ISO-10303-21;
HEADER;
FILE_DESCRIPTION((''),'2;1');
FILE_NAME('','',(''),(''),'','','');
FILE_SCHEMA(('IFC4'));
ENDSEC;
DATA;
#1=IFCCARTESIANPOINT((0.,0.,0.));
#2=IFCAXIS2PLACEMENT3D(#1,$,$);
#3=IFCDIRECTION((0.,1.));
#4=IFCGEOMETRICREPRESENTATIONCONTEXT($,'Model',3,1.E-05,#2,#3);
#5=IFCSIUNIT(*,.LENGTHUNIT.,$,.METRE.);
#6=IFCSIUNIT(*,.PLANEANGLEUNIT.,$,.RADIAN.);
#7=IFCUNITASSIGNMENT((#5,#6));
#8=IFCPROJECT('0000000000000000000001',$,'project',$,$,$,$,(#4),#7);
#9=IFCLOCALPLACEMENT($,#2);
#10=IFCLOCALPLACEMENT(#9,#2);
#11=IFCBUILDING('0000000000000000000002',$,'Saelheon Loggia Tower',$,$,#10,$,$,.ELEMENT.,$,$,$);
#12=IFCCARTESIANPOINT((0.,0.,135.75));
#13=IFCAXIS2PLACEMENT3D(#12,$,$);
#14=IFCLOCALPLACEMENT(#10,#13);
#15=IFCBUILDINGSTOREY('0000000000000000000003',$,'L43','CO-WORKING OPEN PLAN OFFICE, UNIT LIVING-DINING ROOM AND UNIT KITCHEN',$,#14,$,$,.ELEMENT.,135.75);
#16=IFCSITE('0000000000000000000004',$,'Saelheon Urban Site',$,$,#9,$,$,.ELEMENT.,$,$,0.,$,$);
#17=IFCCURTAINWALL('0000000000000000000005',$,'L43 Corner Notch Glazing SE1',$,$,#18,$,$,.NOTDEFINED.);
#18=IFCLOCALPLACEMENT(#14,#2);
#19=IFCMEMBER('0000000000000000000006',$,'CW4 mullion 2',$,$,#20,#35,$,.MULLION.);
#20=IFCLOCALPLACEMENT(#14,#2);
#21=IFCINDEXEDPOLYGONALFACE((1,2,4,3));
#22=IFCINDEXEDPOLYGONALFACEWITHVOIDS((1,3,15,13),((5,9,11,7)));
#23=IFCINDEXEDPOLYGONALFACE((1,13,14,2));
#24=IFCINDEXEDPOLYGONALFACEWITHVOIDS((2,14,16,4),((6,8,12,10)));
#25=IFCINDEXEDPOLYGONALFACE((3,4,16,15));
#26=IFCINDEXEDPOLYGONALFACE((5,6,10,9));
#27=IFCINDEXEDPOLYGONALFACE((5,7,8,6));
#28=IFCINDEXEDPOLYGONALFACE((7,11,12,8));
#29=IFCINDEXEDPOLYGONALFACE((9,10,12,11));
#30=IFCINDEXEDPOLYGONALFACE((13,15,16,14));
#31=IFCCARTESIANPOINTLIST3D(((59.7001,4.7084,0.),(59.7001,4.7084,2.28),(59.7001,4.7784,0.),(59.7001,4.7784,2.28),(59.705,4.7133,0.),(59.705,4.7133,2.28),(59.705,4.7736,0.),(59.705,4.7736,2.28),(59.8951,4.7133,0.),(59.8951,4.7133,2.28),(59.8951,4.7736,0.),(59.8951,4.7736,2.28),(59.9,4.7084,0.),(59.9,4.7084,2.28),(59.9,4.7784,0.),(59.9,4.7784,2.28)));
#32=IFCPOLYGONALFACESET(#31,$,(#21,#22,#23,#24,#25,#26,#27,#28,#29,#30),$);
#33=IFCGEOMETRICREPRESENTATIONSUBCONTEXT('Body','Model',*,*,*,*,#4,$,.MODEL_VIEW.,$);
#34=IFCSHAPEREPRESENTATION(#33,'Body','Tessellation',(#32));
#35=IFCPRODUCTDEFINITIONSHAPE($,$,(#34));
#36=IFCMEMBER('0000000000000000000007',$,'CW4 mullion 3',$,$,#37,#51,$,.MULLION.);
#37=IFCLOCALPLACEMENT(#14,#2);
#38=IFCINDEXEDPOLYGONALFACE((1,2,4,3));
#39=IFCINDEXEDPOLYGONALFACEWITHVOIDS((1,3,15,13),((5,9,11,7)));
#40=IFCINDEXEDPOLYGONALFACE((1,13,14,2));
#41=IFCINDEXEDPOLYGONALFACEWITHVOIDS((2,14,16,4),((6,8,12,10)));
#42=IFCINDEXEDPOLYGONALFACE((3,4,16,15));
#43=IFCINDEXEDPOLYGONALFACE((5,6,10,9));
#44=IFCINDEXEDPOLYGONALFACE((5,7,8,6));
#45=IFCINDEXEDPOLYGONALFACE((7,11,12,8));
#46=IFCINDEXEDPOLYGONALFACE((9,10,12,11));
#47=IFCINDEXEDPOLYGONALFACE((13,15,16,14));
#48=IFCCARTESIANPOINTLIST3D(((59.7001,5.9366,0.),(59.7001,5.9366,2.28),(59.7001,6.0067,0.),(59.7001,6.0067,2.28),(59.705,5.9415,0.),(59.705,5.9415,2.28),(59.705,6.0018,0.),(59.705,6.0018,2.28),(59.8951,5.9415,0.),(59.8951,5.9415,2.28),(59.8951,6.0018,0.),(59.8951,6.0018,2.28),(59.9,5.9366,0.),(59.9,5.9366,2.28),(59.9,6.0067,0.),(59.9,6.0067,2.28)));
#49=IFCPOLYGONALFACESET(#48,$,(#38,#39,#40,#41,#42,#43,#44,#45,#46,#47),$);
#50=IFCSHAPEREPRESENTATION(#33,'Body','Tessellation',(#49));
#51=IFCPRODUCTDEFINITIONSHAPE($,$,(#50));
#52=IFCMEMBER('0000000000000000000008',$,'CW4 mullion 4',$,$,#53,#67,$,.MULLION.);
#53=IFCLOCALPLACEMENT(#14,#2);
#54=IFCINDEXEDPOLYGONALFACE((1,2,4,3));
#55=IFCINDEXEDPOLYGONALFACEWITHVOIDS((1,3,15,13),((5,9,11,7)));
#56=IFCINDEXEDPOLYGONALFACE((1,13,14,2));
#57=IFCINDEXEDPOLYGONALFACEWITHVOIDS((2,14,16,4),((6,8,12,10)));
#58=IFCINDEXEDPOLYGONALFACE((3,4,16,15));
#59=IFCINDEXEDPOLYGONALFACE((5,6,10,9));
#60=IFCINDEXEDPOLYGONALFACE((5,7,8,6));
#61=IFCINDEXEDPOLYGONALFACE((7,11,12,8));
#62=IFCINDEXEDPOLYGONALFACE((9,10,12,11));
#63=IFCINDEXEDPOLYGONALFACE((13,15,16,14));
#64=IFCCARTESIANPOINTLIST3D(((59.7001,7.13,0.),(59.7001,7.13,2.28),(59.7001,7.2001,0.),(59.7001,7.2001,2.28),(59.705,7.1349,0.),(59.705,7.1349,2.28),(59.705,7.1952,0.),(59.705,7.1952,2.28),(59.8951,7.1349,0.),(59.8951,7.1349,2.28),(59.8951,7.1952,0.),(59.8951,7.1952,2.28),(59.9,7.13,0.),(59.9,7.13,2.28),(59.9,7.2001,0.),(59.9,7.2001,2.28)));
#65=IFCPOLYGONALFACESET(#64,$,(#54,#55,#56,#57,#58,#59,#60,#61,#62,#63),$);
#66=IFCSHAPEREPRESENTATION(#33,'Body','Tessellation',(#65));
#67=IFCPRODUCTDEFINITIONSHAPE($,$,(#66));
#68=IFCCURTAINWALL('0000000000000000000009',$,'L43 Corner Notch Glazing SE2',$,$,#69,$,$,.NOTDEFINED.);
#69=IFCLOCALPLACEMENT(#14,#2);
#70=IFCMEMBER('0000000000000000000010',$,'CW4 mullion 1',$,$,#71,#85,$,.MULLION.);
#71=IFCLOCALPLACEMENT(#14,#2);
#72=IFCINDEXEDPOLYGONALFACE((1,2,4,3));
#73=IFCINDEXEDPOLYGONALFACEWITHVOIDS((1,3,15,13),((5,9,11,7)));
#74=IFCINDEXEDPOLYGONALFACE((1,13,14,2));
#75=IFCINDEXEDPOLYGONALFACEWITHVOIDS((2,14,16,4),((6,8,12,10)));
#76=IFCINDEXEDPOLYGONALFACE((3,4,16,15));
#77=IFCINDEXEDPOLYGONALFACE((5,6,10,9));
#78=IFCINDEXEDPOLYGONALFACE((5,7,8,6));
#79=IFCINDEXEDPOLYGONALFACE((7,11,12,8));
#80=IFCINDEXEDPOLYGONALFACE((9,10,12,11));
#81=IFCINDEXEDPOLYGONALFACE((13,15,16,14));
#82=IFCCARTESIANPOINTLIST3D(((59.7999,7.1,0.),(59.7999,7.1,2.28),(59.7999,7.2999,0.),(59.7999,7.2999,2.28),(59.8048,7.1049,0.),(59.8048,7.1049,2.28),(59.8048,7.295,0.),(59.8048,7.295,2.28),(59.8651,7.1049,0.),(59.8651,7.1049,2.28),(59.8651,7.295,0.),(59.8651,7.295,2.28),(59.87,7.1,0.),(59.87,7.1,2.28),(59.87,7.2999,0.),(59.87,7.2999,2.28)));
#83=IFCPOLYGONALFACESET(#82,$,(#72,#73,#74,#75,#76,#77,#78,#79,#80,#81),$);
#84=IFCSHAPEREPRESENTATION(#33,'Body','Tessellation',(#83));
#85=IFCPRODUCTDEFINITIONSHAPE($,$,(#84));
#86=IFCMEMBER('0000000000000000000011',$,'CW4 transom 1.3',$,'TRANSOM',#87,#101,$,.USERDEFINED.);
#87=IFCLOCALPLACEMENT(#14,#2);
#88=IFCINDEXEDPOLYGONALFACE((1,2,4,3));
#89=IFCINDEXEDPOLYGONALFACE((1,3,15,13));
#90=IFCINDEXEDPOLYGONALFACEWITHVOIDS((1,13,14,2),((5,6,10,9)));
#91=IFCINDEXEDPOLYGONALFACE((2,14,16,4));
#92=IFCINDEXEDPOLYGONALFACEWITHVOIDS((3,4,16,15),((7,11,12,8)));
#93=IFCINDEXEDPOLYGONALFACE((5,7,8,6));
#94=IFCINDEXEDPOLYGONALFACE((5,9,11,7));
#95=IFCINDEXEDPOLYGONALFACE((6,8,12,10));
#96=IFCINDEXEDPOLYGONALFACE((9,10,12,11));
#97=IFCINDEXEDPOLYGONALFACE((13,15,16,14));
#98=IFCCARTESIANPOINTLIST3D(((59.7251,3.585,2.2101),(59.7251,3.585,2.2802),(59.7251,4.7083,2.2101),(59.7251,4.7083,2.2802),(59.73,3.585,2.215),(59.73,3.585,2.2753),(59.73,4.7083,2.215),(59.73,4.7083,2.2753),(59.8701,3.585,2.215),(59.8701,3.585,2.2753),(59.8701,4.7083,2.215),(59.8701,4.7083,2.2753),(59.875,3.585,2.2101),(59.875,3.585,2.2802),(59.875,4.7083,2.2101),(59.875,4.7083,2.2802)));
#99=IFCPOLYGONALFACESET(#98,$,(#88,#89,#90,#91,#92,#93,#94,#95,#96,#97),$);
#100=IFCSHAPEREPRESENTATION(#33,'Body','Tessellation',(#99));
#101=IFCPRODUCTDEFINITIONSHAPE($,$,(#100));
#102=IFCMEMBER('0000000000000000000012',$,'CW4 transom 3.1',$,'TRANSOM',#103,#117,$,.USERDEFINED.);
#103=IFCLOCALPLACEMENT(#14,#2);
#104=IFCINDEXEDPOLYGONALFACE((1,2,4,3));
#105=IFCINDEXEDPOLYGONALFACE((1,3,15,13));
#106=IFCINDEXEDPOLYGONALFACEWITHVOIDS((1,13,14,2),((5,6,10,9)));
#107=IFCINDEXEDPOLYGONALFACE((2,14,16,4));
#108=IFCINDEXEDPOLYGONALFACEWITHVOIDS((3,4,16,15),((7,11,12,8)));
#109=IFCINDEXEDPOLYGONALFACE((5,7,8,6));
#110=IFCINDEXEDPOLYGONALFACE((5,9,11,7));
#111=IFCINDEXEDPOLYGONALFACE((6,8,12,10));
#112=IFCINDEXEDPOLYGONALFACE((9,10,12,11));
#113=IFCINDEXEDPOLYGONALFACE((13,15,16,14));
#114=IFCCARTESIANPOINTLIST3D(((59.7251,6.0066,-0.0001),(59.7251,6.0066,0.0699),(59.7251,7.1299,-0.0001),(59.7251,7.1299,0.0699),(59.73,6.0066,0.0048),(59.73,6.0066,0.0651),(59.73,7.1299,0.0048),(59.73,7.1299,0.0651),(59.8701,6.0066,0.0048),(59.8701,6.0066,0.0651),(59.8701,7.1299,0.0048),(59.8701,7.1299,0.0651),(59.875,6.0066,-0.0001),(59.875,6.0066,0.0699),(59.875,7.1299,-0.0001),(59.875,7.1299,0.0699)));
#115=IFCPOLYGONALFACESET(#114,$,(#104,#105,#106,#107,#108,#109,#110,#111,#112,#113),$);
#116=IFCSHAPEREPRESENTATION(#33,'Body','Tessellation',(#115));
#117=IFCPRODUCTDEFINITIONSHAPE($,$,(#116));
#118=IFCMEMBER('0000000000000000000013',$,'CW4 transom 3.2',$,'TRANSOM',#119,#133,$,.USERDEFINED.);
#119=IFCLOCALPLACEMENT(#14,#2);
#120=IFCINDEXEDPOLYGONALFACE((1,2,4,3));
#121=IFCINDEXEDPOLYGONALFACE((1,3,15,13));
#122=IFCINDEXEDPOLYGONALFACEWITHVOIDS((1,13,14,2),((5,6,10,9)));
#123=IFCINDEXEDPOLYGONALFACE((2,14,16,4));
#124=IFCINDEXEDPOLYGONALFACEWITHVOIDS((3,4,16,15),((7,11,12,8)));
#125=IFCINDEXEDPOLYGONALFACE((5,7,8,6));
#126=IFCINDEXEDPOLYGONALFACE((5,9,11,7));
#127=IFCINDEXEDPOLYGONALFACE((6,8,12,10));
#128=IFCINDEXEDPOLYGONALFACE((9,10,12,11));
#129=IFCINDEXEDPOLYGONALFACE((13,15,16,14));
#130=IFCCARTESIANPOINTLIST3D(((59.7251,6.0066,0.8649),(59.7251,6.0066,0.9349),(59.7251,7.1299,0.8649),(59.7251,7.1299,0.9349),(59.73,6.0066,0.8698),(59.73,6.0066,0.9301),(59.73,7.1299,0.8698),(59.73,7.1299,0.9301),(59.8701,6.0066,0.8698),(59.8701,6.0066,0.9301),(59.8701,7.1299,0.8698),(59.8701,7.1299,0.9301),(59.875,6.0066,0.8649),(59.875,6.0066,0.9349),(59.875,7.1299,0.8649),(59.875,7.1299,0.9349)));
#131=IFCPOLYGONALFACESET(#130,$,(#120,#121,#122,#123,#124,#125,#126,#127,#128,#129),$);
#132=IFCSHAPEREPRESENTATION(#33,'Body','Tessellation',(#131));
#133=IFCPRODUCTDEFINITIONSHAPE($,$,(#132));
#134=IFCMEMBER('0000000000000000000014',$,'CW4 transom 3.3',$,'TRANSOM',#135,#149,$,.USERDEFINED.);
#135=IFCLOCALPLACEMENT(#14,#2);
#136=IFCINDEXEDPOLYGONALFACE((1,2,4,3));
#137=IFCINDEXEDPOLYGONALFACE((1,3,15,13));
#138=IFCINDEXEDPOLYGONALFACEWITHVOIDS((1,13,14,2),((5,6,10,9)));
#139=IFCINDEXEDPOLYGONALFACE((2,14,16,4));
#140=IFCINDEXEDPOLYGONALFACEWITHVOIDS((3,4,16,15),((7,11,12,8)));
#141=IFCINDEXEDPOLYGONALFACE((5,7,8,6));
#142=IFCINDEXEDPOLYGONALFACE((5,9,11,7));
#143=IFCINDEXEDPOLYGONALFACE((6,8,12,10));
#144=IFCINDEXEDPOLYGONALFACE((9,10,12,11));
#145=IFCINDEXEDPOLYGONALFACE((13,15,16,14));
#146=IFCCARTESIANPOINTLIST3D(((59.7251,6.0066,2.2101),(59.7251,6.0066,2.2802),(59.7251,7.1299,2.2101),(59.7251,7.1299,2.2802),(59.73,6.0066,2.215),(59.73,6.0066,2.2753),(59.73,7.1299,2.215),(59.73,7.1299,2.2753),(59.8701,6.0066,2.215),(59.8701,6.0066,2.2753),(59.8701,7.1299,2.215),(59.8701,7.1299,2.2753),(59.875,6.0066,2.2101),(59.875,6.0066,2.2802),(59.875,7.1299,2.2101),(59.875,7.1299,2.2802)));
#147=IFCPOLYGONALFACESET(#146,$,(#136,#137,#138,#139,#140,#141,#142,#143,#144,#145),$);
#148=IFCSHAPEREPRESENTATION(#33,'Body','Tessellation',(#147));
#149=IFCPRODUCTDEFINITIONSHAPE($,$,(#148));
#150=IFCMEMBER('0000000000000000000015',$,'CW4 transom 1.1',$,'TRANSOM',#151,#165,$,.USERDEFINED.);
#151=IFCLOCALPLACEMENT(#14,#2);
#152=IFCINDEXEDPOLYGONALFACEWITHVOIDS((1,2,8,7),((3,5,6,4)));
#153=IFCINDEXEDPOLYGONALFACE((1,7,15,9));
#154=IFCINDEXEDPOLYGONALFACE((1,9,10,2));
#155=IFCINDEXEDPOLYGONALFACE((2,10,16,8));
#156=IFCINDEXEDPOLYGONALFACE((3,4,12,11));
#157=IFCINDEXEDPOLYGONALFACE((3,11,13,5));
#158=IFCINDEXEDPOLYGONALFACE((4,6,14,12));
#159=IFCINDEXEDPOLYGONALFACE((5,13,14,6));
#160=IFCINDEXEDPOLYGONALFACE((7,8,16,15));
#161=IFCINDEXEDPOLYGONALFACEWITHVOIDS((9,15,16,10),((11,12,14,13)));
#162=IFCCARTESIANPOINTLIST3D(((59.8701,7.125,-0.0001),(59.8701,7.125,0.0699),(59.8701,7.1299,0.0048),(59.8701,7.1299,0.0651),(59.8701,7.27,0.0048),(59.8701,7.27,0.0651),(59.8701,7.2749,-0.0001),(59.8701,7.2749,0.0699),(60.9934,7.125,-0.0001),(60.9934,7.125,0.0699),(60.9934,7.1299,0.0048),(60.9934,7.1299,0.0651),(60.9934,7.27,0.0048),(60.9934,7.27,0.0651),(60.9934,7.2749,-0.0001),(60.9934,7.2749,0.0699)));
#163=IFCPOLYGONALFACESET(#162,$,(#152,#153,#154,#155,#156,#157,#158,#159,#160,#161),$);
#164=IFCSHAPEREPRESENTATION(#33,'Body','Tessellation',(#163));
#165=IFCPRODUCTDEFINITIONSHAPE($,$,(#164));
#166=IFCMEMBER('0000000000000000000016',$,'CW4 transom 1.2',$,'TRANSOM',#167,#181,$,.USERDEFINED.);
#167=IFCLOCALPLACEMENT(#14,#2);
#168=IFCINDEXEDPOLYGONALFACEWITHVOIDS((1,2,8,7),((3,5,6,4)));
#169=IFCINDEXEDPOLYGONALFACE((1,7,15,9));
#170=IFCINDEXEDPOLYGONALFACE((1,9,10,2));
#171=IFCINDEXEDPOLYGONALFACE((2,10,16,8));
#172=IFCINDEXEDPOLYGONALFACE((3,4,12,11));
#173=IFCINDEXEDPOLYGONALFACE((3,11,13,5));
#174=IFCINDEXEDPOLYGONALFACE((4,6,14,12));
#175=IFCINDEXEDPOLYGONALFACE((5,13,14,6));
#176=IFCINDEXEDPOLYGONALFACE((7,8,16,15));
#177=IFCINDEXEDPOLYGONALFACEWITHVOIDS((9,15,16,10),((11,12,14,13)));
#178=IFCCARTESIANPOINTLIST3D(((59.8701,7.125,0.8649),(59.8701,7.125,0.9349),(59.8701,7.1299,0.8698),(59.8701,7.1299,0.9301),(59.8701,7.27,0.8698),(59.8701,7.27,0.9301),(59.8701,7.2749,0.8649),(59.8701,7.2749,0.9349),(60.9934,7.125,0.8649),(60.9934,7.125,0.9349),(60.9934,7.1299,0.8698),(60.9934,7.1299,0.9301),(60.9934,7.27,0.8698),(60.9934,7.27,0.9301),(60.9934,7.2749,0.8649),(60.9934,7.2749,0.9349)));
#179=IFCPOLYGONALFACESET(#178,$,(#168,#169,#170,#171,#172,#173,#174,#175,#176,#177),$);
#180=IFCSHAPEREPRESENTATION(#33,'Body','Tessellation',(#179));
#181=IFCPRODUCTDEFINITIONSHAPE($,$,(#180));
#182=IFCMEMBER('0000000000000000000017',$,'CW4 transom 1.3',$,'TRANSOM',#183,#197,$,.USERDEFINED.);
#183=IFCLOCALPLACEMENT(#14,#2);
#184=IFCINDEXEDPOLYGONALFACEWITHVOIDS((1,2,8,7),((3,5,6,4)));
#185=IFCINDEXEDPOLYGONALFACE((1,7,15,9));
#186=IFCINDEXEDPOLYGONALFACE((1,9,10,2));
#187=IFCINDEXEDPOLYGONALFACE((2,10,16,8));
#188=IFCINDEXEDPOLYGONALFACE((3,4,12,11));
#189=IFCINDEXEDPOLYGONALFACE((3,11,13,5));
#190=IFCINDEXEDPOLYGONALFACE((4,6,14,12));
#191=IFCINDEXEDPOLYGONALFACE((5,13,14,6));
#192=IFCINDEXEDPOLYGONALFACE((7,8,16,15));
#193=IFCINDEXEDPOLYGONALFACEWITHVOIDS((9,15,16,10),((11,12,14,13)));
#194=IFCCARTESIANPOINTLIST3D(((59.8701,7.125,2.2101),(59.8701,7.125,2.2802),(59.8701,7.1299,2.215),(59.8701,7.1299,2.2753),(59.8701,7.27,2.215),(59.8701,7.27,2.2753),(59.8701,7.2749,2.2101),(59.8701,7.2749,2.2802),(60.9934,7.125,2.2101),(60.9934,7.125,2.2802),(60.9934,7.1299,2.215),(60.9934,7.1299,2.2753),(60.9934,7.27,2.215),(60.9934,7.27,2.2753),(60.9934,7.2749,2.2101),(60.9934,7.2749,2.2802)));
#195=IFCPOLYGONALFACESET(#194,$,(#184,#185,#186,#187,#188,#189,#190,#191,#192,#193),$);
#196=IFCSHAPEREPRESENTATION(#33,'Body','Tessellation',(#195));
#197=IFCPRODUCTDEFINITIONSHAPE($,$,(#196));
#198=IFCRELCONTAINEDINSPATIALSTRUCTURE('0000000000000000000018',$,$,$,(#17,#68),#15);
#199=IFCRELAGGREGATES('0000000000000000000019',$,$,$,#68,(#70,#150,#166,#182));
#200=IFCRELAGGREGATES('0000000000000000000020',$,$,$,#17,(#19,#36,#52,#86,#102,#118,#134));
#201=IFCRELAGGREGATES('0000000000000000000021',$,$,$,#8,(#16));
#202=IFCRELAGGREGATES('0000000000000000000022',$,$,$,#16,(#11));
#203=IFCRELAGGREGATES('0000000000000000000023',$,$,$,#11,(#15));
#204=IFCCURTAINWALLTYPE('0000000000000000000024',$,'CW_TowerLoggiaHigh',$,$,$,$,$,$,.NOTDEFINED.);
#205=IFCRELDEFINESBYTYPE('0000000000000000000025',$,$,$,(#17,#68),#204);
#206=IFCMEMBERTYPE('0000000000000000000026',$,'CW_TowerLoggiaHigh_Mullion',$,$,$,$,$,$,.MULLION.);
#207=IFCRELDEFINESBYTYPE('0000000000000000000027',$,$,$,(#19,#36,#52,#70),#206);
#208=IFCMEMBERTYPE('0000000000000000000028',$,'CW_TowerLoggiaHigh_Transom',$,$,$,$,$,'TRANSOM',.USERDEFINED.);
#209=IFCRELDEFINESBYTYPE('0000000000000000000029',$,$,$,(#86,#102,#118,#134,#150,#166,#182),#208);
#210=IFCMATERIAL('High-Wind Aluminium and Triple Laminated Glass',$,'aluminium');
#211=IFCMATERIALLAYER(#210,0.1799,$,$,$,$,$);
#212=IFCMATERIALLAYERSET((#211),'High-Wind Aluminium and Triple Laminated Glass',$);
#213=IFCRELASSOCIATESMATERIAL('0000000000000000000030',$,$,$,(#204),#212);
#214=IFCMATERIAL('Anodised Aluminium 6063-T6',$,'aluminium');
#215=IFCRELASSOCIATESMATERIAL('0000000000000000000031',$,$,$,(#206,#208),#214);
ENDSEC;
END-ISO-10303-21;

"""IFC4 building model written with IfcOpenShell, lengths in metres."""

from ifc_helpers import new_model, si_unit, direction, frame, origin, origin_2d, place, context, subcontext, project, spatial, hollow_rectangle, extrude, source, transform, mapped, material, layer, layer_set, material_profile, profile_set, type_object, element, aggregate, save


model = new_model("IFC4")

# Units and contexts
model_context = context("Model", 3, precision=1e-05, world=origin(), true_north=direction((0.0, 1.0)))
body_context = subcontext(model_context, "Body", "Model", "MODEL_VIEW")
ifc_project = project(units=[si_unit("LENGTHUNIT", "METRE"), si_unit("PLANEANGLEUNIT", "RADIAN")], contexts=[model_context])

# Site, building, storey
site_placement = place(None, origin())
site = spatial("IfcSite", under=ifc_project, at=site_placement, Name="Saelheon Urban Site", CompositionType="ELEMENT", RefElevation=0.0)
building_placement = place(site_placement, origin())
building = spatial("IfcBuilding", under=site, at=building_placement, Name="Saelheon Loggia Tower", CompositionType="ELEMENT")
storey_placement = place(building_placement, frame((0.0, 0.0, 135.75)))
storey = spatial("IfcBuildingStorey", under=building, at=storey_placement, Name="L43", Description="CO-WORKING OPEN PLAN OFFICE, UNIT LIVING-DINING ROOM AND UNIT KITCHEN", CompositionType="ELEMENT", Elevation=135.75)

# Curtain wall, members
ifc_material_1 = material(Name="High-Wind Aluminium and Triple Laminated Glass", Category="aluminium")
ifc_layer_1 = layer(ifc_material_1, 0.1799)
ifc_layer_set_1 = layer_set([ifc_layer_1], Name="High-Wind Aluminium and Triple Laminated Glass")
curtain_wall_type = type_object("IfcCurtainWallType", Name="CW_TowerLoggiaHigh", PredefinedType="NOTDEFINED", material=ifc_layer_set_1)
curtain_wall_1_placement = place(storey_placement, origin())
curtain_wall_1 = element("IfcCurtainWall", 1, at=curtain_wall_1_placement, inside=storey, type_object=curtain_wall_type, Name="L43 Corner Notch Glazing SE1", PredefinedType="NOTDEFINED")
ifc_material_2 = material(Name="Anodised Aluminium 6063-T6", Category="aluminium")
ifc_material_profile_1 = material_profile(ifc_material_2, hollow_rectangle(XDim=0.0701, YDim=0.2, WallThickness=0.0049, at=origin_2d()), Name="RHS-200x70x5")
ifc_profile_set_1 = profile_set([ifc_material_profile_1], Name="Anodised Aluminium 6063-T6")
member_type_1 = type_object("IfcMemberType", Name="CW_TowerLoggiaHigh_Mullion", PredefinedType="MULLION", material=ifc_profile_set_1)
shared_shape_1 = source(origin(), body_context, "Body", "SweptSolid", [
    extrude(hollow_rectangle(XDim=0.0701, YDim=0.2, WallThickness=0.0049, at=origin_2d()), origin(), (0.0, 0.0, 1.0), 2.28),
])
member_1_placement = place(storey_placement, frame((59.8, 4.7434, 0.0), z_axis=(0.0, 0.0, 1.0), x_axis=(0.0, 1.0, 0.0)))
member_1 = element("IfcMember", 2, at=member_1_placement, type_object=member_type_1, Name="CW4 mullion 2", PredefinedType="MULLION", context=body_context, shape_type="MappedRepresentation", body=[
    mapped(shared_shape_1, transform((0.0, 0.0, 0.0), scale=1.0)),
])
member_2_placement = place(storey_placement, frame((59.8, 5.9717, 0.0), z_axis=(0.0, 0.0, 1.0), x_axis=(0.0, 1.0, 0.0)))
member_2 = element("IfcMember", 3, at=member_2_placement, type_object=member_type_1, Name="CW4 mullion 3", PredefinedType="MULLION", context=body_context, shape_type="MappedRepresentation", body=[
    mapped(shared_shape_1, transform((0.0, 0.0, 0.0), scale=1.0)),
])
member_3_placement = place(storey_placement, frame((59.8, 7.165, 0.0), z_axis=(0.0, 0.0, 1.0), x_axis=(0.0, 1.0, 0.0)))
member_3 = element("IfcMember", 4, at=member_3_placement, type_object=member_type_1, Name="CW4 mullion 4", PredefinedType="MULLION", context=body_context, shape_type="MappedRepresentation", body=[
    mapped(shared_shape_1, transform((0.0, 0.0, 0.0), scale=1.0)),
])

# Curtain wall, member
curtain_wall_2_placement = place(storey_placement, origin())
curtain_wall_2 = element("IfcCurtainWall", 5, at=curtain_wall_2_placement, inside=storey, type_object=curtain_wall_type, Name="L43 Corner Notch Glazing SE2", PredefinedType="NOTDEFINED")
member_4_placement = place(storey_placement, frame((59.835, 7.2, 0.0), z_axis=(0.0, 0.0, 1.0), x_axis=(1.0, 0.0, 0.0)))
member_4 = element("IfcMember", 6, at=member_4_placement, type_object=member_type_1, Name="CW4 mullion 1", PredefinedType="MULLION", context=body_context, shape_type="MappedRepresentation", body=[
    mapped(shared_shape_1, transform((0.0, 0.0, 0.0), scale=1.0)),
])

# Members
ifc_material_profile_2 = material_profile(ifc_material_2, hollow_rectangle(XDim=0.0701, YDim=0.1499, WallThickness=0.0049, at=origin_2d()), Name="RHS-150x70x5")
ifc_profile_set_2 = profile_set([ifc_material_profile_2], Name="Anodised Aluminium 6063-T6")
member_type_2 = type_object("IfcMemberType", Name="CW_TowerLoggiaHigh_Transom", ElementType="TRANSOM", PredefinedType="USERDEFINED", material=ifc_profile_set_2)
shared_shape_2 = source(origin(), body_context, "Body", "SweptSolid", [
    extrude(hollow_rectangle(XDim=0.0701, YDim=0.1499, WallThickness=0.0049, at=origin_2d()), origin(), (0.0, 0.0, 1.0), 1.1233),
])
member_5_placement = place(storey_placement, frame((59.8, 3.585, 2.2451), z_axis=(0.0, 1.0, 0.0), x_axis=(0.0, 0.0, 1.0)))
member_5 = element("IfcMember", 7, at=member_5_placement, type_object=member_type_2, Name="CW4 transom 1.3", ObjectType="TRANSOM", PredefinedType="USERDEFINED", context=body_context, shape_type="MappedRepresentation", body=[
    mapped(shared_shape_2, transform((0.0, 0.0, 0.0), scale=1.0)),
])
member_6_placement = place(storey_placement, frame((59.8, 6.0066, 0.0349), z_axis=(0.0, 1.0, 0.0), x_axis=(0.0, 0.0, 1.0)))
member_6 = element("IfcMember", 8, at=member_6_placement, type_object=member_type_2, Name="CW4 transom 3.1", ObjectType="TRANSOM", PredefinedType="USERDEFINED", context=body_context, shape_type="MappedRepresentation", body=[
    mapped(shared_shape_2, transform((0.0, 0.0, 0.0), scale=1.0)),
])
member_7_placement = place(storey_placement, frame((59.8, 6.0066, 0.8999), z_axis=(0.0, 1.0, 0.0), x_axis=(0.0, 0.0, 1.0)))
member_7 = element("IfcMember", 9, at=member_7_placement, type_object=member_type_2, Name="CW4 transom 3.2", ObjectType="TRANSOM", PredefinedType="USERDEFINED", context=body_context, shape_type="MappedRepresentation", body=[
    mapped(shared_shape_2, transform((0.0, 0.0, 0.0), scale=1.0)),
])
member_8_placement = place(storey_placement, frame((59.8, 6.0066, 2.2451), z_axis=(0.0, 1.0, 0.0), x_axis=(0.0, 0.0, 1.0)))
member_8 = element("IfcMember", 10, at=member_8_placement, type_object=member_type_2, Name="CW4 transom 3.3", ObjectType="TRANSOM", PredefinedType="USERDEFINED", context=body_context, shape_type="MappedRepresentation", body=[
    mapped(shared_shape_2, transform((0.0, 0.0, 0.0), scale=1.0)),
])
member_9_placement = place(storey_placement, frame((59.8701, 7.2, 0.0349), z_axis=(1.0, 0.0, 0.0), x_axis=(0.0, 0.0, 1.0)))
member_9 = element("IfcMember", 11, at=member_9_placement, type_object=member_type_2, Name="CW4 transom 1.1", ObjectType="TRANSOM", PredefinedType="USERDEFINED", context=body_context, shape_type="MappedRepresentation", body=[
    mapped(shared_shape_2, transform((0.0, 0.0, 0.0), scale=1.0)),
])
member_10_placement = place(storey_placement, frame((59.8701, 7.2, 0.8999), z_axis=(1.0, 0.0, 0.0), x_axis=(0.0, 0.0, 1.0)))
member_10 = element("IfcMember", 12, at=member_10_placement, type_object=member_type_2, Name="CW4 transom 1.2", ObjectType="TRANSOM", PredefinedType="USERDEFINED", context=body_context, shape_type="MappedRepresentation", body=[
    mapped(shared_shape_2, transform((0.0, 0.0, 0.0), scale=1.0)),
])
member_11_placement = place(storey_placement, frame((59.8701, 7.2, 2.2451), z_axis=(1.0, 0.0, 0.0), x_axis=(0.0, 0.0, 1.0)))
member_11 = element("IfcMember", 13, at=member_11_placement, type_object=member_type_2, Name="CW4 transom 1.3", ObjectType="TRANSOM", PredefinedType="USERDEFINED", context=body_context, shape_type="MappedRepresentation", body=[
    mapped(shared_shape_2, transform((0.0, 0.0, 0.0), scale=1.0)),
])

aggregate(curtain_wall_2, [member_4, member_9, member_10, member_11])
aggregate(curtain_wall_1, [member_1, member_2, member_3, member_5, member_6, member_7, member_8])

save(model, "model.ifc")
